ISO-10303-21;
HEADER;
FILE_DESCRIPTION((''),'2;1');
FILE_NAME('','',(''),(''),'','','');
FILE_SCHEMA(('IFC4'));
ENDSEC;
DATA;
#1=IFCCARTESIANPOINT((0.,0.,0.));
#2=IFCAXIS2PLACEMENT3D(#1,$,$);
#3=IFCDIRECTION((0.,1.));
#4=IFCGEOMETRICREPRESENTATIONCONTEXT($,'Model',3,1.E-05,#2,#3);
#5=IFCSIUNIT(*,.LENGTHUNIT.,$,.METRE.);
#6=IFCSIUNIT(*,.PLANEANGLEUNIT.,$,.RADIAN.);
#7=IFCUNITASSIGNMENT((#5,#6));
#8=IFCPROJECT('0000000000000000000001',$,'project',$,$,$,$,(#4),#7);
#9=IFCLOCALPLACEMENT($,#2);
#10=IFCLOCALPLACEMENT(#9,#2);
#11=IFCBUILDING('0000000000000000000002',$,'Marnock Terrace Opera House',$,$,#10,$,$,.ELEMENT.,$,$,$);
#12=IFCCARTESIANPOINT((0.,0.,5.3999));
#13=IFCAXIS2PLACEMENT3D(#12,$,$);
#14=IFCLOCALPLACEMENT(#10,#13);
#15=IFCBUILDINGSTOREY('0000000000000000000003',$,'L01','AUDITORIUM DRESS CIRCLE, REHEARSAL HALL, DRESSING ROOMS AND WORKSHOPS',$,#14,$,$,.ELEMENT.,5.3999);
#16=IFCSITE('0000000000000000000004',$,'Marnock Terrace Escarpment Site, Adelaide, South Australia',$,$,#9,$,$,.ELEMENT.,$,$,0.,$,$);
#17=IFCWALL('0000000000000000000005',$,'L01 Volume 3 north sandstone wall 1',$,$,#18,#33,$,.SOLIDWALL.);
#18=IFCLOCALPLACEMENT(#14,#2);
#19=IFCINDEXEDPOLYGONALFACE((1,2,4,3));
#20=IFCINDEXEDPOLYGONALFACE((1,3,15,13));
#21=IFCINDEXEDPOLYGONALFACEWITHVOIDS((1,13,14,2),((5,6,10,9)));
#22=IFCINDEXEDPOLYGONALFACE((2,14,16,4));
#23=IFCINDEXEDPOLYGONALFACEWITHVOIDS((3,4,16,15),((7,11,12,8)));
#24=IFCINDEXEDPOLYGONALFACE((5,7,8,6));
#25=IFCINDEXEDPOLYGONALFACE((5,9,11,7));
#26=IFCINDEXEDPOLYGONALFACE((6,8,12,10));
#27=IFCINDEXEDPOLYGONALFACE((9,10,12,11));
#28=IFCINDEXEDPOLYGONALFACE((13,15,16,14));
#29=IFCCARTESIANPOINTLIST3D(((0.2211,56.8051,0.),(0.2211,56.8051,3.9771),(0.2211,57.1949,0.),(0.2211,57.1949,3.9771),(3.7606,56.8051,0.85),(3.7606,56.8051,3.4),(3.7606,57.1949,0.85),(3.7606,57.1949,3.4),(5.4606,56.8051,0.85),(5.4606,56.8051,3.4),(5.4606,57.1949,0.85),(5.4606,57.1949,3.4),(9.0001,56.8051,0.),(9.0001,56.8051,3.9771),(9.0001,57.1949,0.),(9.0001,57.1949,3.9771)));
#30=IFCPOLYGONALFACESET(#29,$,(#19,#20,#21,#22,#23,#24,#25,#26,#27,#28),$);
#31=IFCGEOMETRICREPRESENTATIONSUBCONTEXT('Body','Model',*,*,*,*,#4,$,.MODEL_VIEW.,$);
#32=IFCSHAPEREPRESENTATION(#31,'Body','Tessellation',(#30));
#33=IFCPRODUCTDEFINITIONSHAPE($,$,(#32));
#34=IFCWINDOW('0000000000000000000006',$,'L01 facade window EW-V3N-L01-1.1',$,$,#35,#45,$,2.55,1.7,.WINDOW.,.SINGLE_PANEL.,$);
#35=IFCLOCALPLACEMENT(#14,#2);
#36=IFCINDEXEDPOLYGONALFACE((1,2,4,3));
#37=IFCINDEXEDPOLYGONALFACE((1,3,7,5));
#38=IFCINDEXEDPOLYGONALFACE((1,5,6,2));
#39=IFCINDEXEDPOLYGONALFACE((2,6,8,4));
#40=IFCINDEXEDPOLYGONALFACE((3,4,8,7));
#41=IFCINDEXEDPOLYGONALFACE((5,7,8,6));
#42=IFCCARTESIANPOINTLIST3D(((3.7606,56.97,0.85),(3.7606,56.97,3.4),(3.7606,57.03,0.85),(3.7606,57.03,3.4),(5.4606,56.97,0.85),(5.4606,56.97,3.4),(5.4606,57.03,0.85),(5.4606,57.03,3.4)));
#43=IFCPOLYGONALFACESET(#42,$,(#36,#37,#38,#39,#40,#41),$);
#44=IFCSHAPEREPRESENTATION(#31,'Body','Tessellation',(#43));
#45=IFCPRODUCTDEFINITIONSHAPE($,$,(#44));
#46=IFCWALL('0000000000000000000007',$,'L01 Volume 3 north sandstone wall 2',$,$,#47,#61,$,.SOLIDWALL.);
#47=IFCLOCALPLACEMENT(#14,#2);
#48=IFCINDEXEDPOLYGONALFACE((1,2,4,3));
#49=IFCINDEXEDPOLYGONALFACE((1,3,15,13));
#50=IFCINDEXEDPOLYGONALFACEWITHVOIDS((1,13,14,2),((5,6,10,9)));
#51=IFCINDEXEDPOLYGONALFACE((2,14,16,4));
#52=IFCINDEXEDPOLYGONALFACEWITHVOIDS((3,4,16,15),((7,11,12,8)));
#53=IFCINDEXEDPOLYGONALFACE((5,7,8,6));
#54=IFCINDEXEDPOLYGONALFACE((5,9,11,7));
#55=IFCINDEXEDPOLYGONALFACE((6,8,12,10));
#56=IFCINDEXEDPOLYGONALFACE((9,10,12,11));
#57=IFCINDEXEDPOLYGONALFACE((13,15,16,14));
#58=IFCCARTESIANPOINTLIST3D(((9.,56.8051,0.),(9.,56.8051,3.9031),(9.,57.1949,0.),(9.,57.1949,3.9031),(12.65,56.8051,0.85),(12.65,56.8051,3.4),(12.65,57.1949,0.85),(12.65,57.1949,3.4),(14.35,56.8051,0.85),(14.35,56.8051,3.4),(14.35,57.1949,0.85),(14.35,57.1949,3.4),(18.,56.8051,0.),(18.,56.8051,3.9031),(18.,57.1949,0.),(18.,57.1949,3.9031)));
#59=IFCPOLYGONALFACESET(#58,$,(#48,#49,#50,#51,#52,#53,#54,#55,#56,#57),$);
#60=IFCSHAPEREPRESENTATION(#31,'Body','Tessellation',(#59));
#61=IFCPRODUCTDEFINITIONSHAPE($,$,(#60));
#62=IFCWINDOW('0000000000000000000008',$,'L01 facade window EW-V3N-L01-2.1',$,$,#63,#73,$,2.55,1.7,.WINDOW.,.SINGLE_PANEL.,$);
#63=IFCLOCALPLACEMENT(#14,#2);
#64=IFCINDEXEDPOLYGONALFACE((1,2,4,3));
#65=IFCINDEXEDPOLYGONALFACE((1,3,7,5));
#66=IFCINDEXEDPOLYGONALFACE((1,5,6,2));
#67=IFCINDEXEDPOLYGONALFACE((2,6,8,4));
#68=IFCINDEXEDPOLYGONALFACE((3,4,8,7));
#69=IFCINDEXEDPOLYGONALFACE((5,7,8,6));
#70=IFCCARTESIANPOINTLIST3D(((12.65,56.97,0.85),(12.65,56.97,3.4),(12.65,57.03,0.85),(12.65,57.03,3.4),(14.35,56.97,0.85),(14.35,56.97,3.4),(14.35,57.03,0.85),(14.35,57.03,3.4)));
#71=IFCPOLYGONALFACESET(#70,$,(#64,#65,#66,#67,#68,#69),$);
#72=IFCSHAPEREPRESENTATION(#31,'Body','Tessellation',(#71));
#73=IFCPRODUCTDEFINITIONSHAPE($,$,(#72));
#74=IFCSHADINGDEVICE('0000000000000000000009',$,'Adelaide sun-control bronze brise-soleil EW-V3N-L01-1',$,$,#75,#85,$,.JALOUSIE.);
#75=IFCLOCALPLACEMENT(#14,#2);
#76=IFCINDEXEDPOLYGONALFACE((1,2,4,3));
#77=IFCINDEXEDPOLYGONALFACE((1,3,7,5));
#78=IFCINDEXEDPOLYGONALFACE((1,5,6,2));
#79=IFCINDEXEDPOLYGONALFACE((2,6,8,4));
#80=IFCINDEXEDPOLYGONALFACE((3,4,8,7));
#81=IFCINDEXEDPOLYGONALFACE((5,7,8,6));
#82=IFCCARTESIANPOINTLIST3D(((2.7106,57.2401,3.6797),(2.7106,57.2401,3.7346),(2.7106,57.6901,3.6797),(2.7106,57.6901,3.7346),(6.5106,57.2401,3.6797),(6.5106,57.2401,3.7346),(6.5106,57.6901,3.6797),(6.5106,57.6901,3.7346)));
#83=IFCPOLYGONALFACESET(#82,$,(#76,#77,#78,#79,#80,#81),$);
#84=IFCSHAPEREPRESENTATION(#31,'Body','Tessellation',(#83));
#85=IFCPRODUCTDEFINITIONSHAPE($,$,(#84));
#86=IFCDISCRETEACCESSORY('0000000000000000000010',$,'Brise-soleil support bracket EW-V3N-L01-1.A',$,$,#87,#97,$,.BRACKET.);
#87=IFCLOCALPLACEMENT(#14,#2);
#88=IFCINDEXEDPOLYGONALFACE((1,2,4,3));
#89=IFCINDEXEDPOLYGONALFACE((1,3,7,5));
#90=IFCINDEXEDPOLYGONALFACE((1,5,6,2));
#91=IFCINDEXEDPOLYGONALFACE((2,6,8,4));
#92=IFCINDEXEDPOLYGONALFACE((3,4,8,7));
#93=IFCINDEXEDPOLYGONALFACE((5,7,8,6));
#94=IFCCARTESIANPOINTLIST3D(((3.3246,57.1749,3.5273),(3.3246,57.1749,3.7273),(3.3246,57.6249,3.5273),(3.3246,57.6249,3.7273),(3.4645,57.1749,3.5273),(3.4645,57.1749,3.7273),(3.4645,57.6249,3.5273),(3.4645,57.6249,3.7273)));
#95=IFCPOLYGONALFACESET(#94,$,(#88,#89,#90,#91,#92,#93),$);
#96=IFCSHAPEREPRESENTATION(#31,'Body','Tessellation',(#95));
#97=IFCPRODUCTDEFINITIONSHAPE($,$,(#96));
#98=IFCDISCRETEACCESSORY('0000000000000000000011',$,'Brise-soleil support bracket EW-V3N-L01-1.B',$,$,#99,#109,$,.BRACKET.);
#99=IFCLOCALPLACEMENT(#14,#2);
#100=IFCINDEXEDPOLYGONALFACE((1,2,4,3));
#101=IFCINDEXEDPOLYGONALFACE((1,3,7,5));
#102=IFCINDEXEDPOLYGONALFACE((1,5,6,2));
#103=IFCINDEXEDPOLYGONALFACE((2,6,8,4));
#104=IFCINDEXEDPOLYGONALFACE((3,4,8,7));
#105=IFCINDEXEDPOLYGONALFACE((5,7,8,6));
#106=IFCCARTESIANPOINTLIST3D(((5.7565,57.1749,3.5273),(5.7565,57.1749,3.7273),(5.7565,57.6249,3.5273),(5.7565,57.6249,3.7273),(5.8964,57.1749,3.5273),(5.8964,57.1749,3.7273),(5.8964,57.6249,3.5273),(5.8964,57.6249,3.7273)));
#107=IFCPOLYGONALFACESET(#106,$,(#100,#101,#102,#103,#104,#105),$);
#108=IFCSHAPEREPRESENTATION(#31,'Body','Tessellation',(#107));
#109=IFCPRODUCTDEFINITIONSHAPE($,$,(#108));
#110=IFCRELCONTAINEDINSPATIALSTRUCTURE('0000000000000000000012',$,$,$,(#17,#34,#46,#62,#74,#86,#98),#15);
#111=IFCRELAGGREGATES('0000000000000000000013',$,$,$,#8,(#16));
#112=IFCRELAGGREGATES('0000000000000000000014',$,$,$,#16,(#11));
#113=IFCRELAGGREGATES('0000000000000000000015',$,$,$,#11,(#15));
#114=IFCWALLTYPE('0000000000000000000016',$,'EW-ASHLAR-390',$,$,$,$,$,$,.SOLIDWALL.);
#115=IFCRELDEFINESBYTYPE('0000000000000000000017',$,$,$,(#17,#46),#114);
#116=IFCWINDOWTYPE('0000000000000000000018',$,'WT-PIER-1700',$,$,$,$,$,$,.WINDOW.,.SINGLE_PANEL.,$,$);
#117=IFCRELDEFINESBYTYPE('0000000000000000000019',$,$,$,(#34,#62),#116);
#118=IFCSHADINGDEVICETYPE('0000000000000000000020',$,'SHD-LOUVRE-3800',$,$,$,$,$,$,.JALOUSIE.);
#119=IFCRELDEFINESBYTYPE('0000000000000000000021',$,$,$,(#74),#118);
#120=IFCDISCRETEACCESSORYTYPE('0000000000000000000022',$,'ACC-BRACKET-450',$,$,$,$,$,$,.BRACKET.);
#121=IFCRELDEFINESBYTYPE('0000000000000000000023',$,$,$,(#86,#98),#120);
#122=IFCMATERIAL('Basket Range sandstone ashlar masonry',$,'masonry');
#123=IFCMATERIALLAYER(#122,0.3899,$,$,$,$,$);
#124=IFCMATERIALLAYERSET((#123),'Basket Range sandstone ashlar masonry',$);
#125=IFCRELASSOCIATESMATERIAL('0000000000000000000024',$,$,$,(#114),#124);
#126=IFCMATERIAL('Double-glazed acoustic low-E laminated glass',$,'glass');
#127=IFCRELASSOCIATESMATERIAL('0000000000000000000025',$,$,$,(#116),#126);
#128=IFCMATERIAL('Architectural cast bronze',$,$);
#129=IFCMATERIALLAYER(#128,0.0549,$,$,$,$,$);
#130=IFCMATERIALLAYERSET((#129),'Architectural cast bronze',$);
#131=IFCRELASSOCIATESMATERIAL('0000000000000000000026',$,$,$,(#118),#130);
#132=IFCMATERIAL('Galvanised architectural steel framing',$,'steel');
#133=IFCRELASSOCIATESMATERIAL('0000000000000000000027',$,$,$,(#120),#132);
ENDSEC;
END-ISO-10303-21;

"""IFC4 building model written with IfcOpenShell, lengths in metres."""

from ifc_helpers import new_model, si_unit, direction, frame, frame_2d, origin, origin_2d, place, context, subcontext, project, spatial, rectangle, extrude, material, layer, layer_set, type_object, element, fill, save


model = new_model("IFC4")

# Units and contexts
model_context = context("Model", 3, precision=1e-05, world=origin(), true_north=direction((0.0, 1.0)))
body_context = subcontext(model_context, "Body", "Model", "MODEL_VIEW")
ifc_project = project(units=[si_unit("LENGTHUNIT", "METRE"), si_unit("PLANEANGLEUNIT", "RADIAN")], contexts=[model_context])

# Site, building, storey
site_placement = place(None, origin())
site = spatial("IfcSite", under=ifc_project, at=site_placement, Name="Marnock Terrace Escarpment Site, Adelaide, South Australia", CompositionType="ELEMENT", RefElevation=0.0)
building_placement = place(site_placement, origin())
building = spatial("IfcBuilding", under=site, at=building_placement, Name="Marnock Terrace Opera House", CompositionType="ELEMENT")
storey_placement = place(building_placement, frame((0.0, 0.0, 5.3999)))
storey = spatial("IfcBuildingStorey", under=building, at=storey_placement, Name="L01", Description="AUDITORIUM DRESS CIRCLE, REHEARSAL HALL, DRESSING ROOMS AND WORKSHOPS", CompositionType="ELEMENT", Elevation=5.3999)

# Walls, openings, windows
ifc_material_1 = material(Name="Basket Range sandstone ashlar masonry", Category="masonry")
ifc_layer_1 = layer(ifc_material_1, 0.3899)
ifc_layer_set_1 = layer_set([ifc_layer_1], Name="Basket Range sandstone ashlar masonry")
wall_type = type_object("IfcWallType", Name="EW-ASHLAR-390", PredefinedType="SOLIDWALL", material=ifc_layer_set_1)
wall_1_placement = place(storey_placement, frame((0.2209, 57.0, 0.0), z_axis=(0.0, 0.0, 1.0), x_axis=(1.0, 0.0, 0.0)))
wall_1 = element("IfcWall", 1, at=wall_1_placement, inside=storey, type_object=wall_type, Name="L01 Volume 3 north sandstone wall 1", PredefinedType="SOLIDWALL", context=body_context, shape_type="SweptSolid", body=[
    extrude(rectangle(XDim=8.7791, YDim=0.3899, at=frame_2d((4.3896, 0.0))), origin(), (0.0, 0.0, 1.0), 3.9771),
])
opening_1_placement = place(wall_1_placement, frame((3.5396, 0.0, 0.8501)))
opening_1 = element("IfcOpeningElement", 2, at=opening_1_placement, cuts=wall_1, PredefinedType="OPENING", context=body_context, shape_type="SweptSolid", body=[
    extrude(rectangle(XDim=1.7, YDim=2.55, at=frame_2d((0.8501, 1.2749))), frame((0.0, 0.2048, 0.0), z_axis=(0.0, -1.0, 0.0), x_axis=(1.0, 0.0, 0.0)), (0.0, 0.0, 1.0), 0.4099),
])
ifc_material_2 = material(Name="Double-glazed acoustic low-E laminated glass", Category="glass")
window_type = type_object("IfcWindowType", Name="WT-PIER-1700", PartitioningType="SINGLE_PANEL", PredefinedType="WINDOW", material=ifc_material_2)
window_1_placement = place(opening_1_placement, origin())
window_1 = element("IfcWindow", 3, at=window_1_placement, inside=storey, type_object=window_type, Name="L01 facade window EW-V3N-L01-1.1", OverallHeight=2.55, OverallWidth=1.7, PartitioningType="SINGLE_PANEL", PredefinedType="WINDOW", context=body_context, shape_type="SweptSolid", body=[
    extrude(rectangle(XDim=1.7, YDim=2.55, at=frame_2d((0.8501, 1.2749))), frame((0.0, 0.03, 0.0), z_axis=(0.0, -1.0, 0.0), x_axis=(1.0, 0.0, 0.0)), (0.0, 0.0, 1.0), 0.0601),
])
fill(opening_1, window_1)
wall_2_placement = place(storey_placement, frame((9.0, 57.0, 0.0), z_axis=(0.0, 0.0, 1.0), x_axis=(1.0, 0.0, 0.0)))
wall_2 = element("IfcWall", 4, at=wall_2_placement, inside=storey, type_object=wall_type, Name="L01 Volume 3 north sandstone wall 2", PredefinedType="SOLIDWALL", context=body_context, shape_type="SweptSolid", body=[
    extrude(rectangle(XDim=9.0, YDim=0.3899, at=frame_2d((4.5, 0.0))), origin(), (0.0, 0.0, 1.0), 3.9031),
])
opening_2_placement = place(wall_2_placement, frame((3.6499, 0.0, 0.8501)))
opening_2 = element("IfcOpeningElement", 5, at=opening_2_placement, cuts=wall_2, PredefinedType="OPENING", context=body_context, shape_type="SweptSolid", body=[
    extrude(rectangle(XDim=1.7, YDim=2.55, at=frame_2d((0.8501, 1.2749))), frame((0.0, 0.2048, 0.0), z_axis=(0.0, -1.0, 0.0), x_axis=(1.0, 0.0, 0.0)), (0.0, 0.0, 1.0), 0.4099),
])
window_2_placement = place(opening_2_placement, origin())
window_2 = element("IfcWindow", 6, at=window_2_placement, inside=storey, type_object=window_type, Name="L01 facade window EW-V3N-L01-2.1", OverallHeight=2.55, OverallWidth=1.7, PartitioningType="SINGLE_PANEL", PredefinedType="WINDOW", context=body_context, shape_type="SweptSolid", body=[
    extrude(rectangle(XDim=1.7, YDim=2.55, at=frame_2d((0.8501, 1.2749))), frame((0.0, 0.03, 0.0), z_axis=(0.0, -1.0, 0.0), x_axis=(1.0, 0.0, 0.0)), (0.0, 0.0, 1.0), 0.0601),
])
fill(opening_2, window_2)

# Shading device
ifc_material_3 = material(Name="Architectural cast bronze")
ifc_layer_2 = layer(ifc_material_3, 0.0549)
ifc_layer_set_2 = layer_set([ifc_layer_2], Name="Architectural cast bronze")
shading_device_type = type_object("IfcShadingDeviceType", Name="SHD-LOUVRE-3800", PredefinedType="JALOUSIE", material=ifc_layer_set_2)
shading_device_placement = place(storey_placement, frame((4.6106, 57.4651, 3.6797), z_axis=(0.0, 0.0, 1.0), x_axis=(1.0, 0.0, 0.0)))
element("IfcShadingDevice", 7, at=shading_device_placement, inside=storey, type_object=shading_device_type, Name="Adelaide sun-control bronze brise-soleil EW-V3N-L01-1", PredefinedType="JALOUSIE", context=body_context, shape_type="SweptSolid", body=[
    extrude(rectangle(XDim=3.8, YDim=0.45, at=origin_2d()), origin(), (0.0, 0.0, 1.0), 0.0549),
])

# Discrete accessories
ifc_material_4 = material(Name="Galvanised architectural steel framing", Category="steel")
discrete_accessory_type = type_object("IfcDiscreteAccessoryType", Name="ACC-BRACKET-450", PredefinedType="BRACKET", material=ifc_material_4)
for number, where, z_axis, x_axis, name in (
    (8, (3.3945, 57.3999, 3.5273), (0.0, 0.0, 1.0), (1.0, 0.0, 0.0), "Brise-soleil support bracket EW-V3N-L01-1.A"),
    (9, (5.8264, 57.3999, 3.5273), (0.0, 0.0, 1.0), (1.0, 0.0, 0.0), "Brise-soleil support bracket EW-V3N-L01-1.B"),
):
    element("IfcDiscreteAccessory", number, at=place(storey_placement, frame(where, z_axis=z_axis, x_axis=x_axis)), inside=storey, type_object=discrete_accessory_type, Name=name, PredefinedType="BRACKET", context=body_context, shape_type="SweptSolid", body=[
        extrude(rectangle(XDim=0.1399, YDim=0.45, at=origin_2d()), origin(), (0.0, 0.0, 1.0), 0.2),
    ])

save(model, "model.ifc")
